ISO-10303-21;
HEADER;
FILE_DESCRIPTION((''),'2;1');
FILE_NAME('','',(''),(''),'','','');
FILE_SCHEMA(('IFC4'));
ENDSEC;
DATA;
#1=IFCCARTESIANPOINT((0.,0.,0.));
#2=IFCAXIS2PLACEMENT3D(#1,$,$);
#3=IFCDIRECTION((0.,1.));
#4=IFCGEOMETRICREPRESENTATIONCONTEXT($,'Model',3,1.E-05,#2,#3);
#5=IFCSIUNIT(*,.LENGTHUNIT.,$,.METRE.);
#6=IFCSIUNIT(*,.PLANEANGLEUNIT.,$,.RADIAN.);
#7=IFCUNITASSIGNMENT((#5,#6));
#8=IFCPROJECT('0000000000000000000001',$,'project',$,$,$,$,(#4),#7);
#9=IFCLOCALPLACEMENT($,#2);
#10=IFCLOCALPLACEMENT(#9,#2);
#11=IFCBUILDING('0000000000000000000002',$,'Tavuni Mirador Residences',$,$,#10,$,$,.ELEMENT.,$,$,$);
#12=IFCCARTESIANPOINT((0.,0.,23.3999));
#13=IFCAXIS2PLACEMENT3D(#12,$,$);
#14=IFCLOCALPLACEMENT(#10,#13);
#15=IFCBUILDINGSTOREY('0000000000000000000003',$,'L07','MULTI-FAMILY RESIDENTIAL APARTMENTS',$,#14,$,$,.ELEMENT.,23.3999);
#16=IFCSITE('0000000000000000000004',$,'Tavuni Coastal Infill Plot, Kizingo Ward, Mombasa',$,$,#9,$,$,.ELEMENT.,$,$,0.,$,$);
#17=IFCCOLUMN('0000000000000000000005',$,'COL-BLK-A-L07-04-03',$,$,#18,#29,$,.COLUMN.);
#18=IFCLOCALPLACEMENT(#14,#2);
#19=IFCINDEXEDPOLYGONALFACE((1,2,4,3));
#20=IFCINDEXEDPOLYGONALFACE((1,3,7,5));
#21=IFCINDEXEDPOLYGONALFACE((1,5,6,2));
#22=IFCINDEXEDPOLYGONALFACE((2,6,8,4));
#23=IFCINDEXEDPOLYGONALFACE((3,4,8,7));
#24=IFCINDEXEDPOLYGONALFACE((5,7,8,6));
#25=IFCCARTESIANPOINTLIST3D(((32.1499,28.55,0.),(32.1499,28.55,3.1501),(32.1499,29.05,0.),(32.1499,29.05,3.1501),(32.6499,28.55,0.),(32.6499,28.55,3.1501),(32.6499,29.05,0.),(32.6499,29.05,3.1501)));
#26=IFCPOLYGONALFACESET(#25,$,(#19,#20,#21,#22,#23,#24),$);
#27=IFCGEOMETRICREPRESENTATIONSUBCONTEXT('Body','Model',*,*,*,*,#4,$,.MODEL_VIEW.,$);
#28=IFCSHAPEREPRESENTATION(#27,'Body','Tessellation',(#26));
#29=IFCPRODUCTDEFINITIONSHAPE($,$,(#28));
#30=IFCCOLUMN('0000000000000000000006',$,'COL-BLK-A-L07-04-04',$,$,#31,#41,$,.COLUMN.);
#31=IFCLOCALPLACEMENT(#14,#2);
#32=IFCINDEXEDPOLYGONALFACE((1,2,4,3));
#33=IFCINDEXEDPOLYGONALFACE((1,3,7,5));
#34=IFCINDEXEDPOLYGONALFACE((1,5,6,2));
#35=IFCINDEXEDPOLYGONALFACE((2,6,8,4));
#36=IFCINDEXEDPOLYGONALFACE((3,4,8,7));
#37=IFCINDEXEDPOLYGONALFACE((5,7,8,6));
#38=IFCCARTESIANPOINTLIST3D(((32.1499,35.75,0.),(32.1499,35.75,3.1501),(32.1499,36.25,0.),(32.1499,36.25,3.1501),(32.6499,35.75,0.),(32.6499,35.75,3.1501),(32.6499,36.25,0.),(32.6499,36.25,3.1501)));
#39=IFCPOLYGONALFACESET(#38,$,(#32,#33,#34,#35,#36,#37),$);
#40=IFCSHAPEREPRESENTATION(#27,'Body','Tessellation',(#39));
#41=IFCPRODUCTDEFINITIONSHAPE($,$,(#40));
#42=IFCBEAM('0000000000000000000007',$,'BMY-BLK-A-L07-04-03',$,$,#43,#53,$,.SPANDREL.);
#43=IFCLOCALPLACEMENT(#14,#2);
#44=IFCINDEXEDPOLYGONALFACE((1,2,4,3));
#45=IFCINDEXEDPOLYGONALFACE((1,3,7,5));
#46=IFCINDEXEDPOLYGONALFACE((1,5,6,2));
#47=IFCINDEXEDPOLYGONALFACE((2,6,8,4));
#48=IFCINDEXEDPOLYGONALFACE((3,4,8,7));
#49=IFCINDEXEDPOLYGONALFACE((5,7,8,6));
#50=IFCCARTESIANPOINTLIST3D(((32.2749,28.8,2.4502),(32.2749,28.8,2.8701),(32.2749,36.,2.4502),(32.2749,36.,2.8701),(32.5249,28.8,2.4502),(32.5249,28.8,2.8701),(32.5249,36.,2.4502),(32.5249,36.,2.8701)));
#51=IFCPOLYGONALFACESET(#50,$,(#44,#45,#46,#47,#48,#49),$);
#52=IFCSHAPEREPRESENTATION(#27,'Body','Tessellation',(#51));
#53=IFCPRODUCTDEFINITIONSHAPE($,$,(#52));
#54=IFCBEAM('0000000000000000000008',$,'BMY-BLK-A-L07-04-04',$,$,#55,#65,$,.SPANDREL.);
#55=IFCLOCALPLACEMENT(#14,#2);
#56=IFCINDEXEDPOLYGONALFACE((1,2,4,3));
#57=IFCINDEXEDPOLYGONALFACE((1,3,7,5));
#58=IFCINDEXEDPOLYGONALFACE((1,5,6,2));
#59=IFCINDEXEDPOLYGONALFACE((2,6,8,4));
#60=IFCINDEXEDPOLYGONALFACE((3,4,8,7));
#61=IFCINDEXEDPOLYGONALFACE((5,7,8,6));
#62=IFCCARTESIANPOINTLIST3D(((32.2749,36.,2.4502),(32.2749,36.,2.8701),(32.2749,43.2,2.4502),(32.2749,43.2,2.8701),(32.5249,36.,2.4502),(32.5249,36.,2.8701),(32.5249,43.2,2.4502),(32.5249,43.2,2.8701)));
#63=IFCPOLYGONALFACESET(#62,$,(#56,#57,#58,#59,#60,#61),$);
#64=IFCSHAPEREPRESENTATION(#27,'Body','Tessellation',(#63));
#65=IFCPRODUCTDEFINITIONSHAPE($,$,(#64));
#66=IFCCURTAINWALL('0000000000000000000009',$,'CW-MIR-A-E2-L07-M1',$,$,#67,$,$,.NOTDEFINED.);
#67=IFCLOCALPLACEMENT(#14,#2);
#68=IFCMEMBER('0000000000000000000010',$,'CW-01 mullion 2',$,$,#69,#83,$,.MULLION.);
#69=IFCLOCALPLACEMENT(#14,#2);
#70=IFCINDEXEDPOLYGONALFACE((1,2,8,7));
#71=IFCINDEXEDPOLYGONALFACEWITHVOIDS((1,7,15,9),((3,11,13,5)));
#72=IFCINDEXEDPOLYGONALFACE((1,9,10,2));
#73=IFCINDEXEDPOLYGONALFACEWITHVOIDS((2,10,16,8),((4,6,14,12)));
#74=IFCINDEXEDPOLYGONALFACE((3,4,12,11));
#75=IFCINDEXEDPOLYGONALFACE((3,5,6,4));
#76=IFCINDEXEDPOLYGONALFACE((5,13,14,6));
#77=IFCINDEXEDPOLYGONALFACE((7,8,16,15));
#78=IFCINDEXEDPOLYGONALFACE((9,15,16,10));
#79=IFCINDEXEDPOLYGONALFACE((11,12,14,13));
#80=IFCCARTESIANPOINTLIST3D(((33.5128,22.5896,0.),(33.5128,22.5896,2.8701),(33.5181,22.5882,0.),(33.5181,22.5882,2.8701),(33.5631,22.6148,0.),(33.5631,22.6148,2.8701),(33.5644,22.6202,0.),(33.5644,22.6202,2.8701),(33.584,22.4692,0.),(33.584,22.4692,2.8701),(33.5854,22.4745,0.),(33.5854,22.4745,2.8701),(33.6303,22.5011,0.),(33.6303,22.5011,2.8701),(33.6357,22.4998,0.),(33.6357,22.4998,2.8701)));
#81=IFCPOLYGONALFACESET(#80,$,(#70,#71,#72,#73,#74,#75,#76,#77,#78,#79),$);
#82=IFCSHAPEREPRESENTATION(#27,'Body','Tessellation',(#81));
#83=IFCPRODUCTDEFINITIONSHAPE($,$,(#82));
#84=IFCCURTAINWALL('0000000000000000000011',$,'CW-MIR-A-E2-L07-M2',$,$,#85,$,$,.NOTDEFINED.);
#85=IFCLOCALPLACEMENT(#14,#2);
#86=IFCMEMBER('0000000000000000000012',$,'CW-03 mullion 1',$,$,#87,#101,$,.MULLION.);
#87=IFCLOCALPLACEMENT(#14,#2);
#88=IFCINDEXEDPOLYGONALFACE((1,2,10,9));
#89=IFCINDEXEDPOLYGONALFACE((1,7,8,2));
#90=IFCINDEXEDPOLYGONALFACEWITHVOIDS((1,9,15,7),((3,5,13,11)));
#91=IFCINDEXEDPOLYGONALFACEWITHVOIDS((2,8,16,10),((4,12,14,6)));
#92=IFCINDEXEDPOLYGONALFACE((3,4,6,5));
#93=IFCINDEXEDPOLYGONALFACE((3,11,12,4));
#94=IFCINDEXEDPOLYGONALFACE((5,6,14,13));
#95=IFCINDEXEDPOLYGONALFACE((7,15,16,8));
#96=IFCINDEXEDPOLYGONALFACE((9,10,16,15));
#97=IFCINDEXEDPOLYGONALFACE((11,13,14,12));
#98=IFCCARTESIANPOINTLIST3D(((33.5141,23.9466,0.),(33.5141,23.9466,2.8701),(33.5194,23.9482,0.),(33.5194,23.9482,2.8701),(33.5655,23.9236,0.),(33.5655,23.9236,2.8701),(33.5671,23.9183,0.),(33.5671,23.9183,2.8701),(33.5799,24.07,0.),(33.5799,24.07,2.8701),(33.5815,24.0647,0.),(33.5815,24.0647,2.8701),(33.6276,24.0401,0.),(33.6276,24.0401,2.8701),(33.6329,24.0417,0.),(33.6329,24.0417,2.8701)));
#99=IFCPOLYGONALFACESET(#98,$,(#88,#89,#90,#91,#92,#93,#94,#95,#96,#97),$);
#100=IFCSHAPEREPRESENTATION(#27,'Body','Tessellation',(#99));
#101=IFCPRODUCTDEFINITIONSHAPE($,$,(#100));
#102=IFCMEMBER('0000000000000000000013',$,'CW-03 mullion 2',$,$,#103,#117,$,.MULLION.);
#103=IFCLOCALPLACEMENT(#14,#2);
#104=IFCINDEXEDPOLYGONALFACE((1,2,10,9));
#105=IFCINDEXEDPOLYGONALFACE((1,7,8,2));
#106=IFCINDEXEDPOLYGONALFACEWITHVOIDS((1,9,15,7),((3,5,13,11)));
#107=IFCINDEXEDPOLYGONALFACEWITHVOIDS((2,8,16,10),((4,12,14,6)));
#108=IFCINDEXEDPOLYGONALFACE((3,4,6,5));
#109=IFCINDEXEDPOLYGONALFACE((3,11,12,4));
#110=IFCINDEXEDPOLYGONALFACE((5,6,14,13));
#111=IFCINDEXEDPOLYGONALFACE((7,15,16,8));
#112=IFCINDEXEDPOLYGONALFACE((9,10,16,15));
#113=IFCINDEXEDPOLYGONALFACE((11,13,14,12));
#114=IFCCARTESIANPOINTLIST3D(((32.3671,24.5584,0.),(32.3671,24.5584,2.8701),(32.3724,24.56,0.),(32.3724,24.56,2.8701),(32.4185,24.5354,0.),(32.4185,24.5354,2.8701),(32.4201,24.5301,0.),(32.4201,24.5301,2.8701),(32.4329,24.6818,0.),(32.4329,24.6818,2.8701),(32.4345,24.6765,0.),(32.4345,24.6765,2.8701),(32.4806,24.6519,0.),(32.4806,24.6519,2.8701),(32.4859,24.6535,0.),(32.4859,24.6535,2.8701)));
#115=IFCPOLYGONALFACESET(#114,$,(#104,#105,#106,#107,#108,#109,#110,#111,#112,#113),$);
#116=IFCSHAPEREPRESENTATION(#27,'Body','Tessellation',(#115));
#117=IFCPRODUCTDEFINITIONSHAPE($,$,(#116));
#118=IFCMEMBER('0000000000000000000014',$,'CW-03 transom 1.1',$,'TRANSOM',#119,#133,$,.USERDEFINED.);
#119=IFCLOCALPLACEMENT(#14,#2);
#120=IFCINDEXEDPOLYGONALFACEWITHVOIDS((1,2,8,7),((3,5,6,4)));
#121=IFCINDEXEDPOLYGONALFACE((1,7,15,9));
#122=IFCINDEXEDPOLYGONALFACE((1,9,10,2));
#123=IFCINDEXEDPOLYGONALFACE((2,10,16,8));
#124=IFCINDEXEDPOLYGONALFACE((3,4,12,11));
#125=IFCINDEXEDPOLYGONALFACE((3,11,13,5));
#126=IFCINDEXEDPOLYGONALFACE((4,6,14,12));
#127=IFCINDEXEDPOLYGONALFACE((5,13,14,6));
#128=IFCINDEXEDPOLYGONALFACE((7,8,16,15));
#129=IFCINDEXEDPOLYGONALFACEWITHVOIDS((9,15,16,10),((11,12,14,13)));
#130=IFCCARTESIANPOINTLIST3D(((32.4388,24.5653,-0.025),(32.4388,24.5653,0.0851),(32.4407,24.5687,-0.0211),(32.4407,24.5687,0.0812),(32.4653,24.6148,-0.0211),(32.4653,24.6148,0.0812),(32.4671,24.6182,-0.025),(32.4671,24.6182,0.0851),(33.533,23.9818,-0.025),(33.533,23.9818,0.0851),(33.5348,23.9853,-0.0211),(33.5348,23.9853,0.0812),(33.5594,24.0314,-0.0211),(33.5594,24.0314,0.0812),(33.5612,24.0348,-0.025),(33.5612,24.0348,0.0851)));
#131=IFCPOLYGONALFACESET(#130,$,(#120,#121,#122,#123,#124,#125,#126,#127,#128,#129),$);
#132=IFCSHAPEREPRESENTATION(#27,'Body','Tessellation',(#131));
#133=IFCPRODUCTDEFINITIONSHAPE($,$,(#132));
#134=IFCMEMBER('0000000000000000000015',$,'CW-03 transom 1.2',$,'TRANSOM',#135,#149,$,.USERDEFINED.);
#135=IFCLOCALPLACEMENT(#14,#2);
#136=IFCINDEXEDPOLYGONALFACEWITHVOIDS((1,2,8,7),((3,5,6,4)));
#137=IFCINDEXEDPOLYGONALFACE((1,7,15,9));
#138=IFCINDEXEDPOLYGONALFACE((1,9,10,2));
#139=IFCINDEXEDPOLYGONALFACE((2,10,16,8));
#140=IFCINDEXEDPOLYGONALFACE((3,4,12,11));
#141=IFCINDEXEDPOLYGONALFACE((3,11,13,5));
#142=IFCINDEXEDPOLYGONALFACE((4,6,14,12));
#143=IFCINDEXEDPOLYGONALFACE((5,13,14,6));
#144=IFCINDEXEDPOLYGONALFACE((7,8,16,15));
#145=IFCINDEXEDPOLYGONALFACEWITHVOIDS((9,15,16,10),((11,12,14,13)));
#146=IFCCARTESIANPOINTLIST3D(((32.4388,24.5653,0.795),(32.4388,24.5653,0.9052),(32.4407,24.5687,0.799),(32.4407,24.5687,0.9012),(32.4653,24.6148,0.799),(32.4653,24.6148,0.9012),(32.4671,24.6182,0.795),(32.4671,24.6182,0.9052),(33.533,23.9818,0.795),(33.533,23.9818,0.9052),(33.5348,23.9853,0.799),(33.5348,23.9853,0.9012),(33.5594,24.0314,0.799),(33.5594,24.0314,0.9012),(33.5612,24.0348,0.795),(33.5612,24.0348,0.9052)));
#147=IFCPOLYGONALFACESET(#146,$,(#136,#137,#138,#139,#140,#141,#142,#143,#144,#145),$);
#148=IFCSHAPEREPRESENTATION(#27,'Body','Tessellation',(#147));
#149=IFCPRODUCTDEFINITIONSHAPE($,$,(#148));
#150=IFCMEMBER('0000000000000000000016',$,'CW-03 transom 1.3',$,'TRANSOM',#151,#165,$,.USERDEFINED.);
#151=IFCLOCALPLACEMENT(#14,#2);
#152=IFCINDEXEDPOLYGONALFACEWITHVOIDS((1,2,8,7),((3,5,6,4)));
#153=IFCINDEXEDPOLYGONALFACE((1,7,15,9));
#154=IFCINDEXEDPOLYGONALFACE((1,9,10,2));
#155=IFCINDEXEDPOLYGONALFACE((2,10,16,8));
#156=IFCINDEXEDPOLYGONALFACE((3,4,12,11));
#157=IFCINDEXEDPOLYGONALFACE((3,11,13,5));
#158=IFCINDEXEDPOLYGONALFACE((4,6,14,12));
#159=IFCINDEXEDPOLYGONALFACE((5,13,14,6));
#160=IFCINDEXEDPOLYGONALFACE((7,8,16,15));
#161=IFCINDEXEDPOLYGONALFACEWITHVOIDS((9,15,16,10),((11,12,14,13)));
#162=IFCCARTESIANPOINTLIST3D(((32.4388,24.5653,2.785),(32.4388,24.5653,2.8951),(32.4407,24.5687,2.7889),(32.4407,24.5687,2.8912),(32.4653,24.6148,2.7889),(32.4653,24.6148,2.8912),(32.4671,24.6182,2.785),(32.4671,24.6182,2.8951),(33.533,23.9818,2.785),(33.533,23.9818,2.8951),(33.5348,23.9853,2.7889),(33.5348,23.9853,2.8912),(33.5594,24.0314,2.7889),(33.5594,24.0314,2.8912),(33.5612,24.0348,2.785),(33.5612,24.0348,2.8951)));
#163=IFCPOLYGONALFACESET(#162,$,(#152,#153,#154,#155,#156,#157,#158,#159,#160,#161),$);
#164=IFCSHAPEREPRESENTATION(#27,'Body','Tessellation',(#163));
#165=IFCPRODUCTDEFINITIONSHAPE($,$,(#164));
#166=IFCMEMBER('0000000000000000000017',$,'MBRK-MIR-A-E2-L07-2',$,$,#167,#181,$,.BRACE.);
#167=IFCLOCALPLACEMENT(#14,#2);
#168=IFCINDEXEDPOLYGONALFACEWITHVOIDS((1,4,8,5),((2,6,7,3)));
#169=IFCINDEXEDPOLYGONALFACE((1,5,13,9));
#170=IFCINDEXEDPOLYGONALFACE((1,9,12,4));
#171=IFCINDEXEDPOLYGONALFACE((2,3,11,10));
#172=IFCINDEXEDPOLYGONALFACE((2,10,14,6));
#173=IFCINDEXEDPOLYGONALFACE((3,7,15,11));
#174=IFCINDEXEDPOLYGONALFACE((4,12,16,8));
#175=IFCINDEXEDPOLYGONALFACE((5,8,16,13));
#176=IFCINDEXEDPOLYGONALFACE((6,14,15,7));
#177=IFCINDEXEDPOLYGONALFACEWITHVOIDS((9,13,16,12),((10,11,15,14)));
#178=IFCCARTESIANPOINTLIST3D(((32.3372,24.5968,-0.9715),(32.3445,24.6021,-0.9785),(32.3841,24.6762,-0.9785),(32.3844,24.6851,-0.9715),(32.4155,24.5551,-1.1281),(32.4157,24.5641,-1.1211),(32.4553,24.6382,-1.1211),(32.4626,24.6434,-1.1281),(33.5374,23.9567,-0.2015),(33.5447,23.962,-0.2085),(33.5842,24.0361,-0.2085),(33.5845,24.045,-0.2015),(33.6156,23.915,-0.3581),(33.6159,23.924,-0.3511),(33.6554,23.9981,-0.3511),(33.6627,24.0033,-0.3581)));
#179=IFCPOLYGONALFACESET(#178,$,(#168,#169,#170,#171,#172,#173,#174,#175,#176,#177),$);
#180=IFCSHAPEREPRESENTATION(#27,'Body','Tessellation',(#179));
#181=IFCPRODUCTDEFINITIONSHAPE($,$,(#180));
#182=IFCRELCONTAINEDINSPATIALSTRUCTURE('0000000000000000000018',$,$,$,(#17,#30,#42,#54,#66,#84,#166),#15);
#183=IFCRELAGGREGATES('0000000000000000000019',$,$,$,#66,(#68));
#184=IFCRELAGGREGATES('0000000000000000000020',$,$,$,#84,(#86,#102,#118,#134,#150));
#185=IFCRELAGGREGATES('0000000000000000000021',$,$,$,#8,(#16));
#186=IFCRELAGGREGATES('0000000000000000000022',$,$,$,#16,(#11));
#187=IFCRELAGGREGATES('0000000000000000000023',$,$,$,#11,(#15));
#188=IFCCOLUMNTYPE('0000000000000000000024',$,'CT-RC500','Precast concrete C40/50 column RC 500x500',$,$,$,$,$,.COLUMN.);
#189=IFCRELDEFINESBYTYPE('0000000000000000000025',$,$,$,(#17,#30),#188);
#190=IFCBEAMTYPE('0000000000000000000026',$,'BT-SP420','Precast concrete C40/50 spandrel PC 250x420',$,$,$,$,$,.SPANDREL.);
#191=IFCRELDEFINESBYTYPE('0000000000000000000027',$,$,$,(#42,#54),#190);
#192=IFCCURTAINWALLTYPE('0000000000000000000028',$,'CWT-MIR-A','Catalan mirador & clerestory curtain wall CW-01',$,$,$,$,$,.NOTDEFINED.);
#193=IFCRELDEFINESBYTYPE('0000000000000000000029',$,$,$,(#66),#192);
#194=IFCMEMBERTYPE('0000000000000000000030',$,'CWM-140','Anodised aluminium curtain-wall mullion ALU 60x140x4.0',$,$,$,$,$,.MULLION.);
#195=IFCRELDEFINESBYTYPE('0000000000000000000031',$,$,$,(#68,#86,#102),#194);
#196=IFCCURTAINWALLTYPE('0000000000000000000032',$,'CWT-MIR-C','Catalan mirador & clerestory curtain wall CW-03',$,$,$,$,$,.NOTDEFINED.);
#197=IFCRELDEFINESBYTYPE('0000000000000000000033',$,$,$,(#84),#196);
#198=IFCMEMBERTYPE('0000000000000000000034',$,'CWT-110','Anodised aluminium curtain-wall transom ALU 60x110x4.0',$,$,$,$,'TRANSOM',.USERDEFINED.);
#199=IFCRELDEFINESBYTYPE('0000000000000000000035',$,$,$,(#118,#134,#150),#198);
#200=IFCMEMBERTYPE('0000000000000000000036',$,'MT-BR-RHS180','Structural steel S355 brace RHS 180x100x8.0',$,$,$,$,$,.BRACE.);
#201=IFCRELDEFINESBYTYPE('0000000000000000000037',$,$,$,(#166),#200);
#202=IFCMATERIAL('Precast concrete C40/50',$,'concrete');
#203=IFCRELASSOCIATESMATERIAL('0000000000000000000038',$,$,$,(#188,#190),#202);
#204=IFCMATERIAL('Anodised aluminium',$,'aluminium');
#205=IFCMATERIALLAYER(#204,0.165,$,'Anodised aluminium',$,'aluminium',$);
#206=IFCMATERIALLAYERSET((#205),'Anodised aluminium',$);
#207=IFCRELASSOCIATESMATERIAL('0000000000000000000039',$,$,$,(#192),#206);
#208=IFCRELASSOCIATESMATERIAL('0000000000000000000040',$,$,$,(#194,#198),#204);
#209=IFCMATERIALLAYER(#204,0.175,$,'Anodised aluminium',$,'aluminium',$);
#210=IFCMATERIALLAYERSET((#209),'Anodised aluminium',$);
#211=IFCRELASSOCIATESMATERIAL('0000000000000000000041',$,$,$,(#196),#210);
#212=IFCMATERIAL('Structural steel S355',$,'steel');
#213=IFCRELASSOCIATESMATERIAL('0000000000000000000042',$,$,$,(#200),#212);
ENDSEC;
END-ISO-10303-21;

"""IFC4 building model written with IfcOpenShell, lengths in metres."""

from ifc_helpers import new_model, si_unit, direction, frame, origin, origin_2d, place, context, subcontext, project, spatial, rectangle, hollow_rectangle, extrude, material, layer, layer_set, material_profile, profile_set, type_object, element, aggregate, save


model = new_model("IFC4")

# Units and contexts
model_context = context("Model", 3, precision=1e-05, world=origin(), true_north=direction((0.0, 1.0)))
body_context = subcontext(model_context, "Body", "Model", "MODEL_VIEW")
ifc_project = project(units=[si_unit("LENGTHUNIT", "METRE"), si_unit("PLANEANGLEUNIT", "RADIAN")], contexts=[model_context])

# Site, building, storey
site_placement = place(None, origin())
site = spatial("IfcSite", under=ifc_project, at=site_placement, Name="Tavuni Coastal Infill Plot, Kizingo Ward, Mombasa", CompositionType="ELEMENT", RefElevation=0.0)
building_placement = place(site_placement, origin())
building = spatial("IfcBuilding", under=site, at=building_placement, Name="Tavuni Mirador Residences", CompositionType="ELEMENT")
storey_placement = place(building_placement, frame((0.0, 0.0, 23.3999)))
storey = spatial("IfcBuildingStorey", under=building, at=storey_placement, Name="L07", Description="MULTI-FAMILY RESIDENTIAL APARTMENTS", CompositionType="ELEMENT", Elevation=23.3999)

# Columns
ifc_material_1 = material(Name="Precast concrete C40/50", Category="concrete")
ifc_material_profile_1 = material_profile(ifc_material_1, rectangle(XDim=0.5, YDim=0.5, at=origin_2d()), Name="RC 500x500", Category="concrete")
ifc_profile_set_1 = profile_set([ifc_material_profile_1], Name="Precast concrete C40/50")
column_type = type_object("IfcColumnType", Name="CT-RC500", Description="Precast concrete C40/50 column RC 500x500", PredefinedType="COLUMN", material=ifc_profile_set_1)
for number, where, z_axis, x_axis, name in (
    (1, (32.3999, 28.8, 0.0), (0.0, 0.0, 1.0), (1.0, 0.0, 0.0), "COL-BLK-A-L07-04-03"),
    (2, (32.3999, 36.0, 0.0), (0.0, 0.0, 1.0), (1.0, 0.0, 0.0), "COL-BLK-A-L07-04-04"),
):
    element("IfcColumn", number, at=place(storey_placement, frame(where, z_axis=z_axis, x_axis=x_axis)), inside=storey, type_object=column_type, Name=name, PredefinedType="COLUMN", context=body_context, shape_type="SweptSolid", body=[
        extrude(rectangle(XDim=0.5, YDim=0.5, at=origin_2d()), origin(), (0.0, 0.0, 1.0), 3.1501),
    ])

# Beams
ifc_material_profile_2 = material_profile(ifc_material_1, rectangle(XDim=0.25, YDim=0.4199, at=origin_2d()), Name="PC 250x420", Category="concrete")
ifc_profile_set_2 = profile_set([ifc_material_profile_2], Name="Precast concrete C40/50")
beam_type = type_object("IfcBeamType", Name="BT-SP420", Description="Precast concrete C40/50 spandrel PC 250x420", PredefinedType="SPANDREL", material=ifc_profile_set_2)
for number, where, z_axis, x_axis, name in (
    (3, (32.3999, 28.8, 2.6602), (0.0, 1.0, 0.0), (-1.0, 0.0, 0.0), "BMY-BLK-A-L07-04-03"),
    (4, (32.3999, 36.0, 2.6602), (0.0, 1.0, 0.0), (-1.0, 0.0, 0.0), "BMY-BLK-A-L07-04-04"),
):
    element("IfcBeam", number, at=place(storey_placement, frame(where, z_axis=z_axis, x_axis=x_axis)), inside=storey, type_object=beam_type, Name=name, PredefinedType="SPANDREL", context=body_context, shape_type="SweptSolid", body=[
        extrude(rectangle(XDim=0.25, YDim=0.4199, at=origin_2d()), origin(), (0.0, 0.0, 1.0), 7.2),
    ])

# Curtain wall, member
ifc_material_2 = material(Name="Anodised aluminium", Category="aluminium")
ifc_layer_1 = layer(ifc_material_2, 0.165, Name="Anodised aluminium", Category="aluminium")
ifc_layer_set_1 = layer_set([ifc_layer_1], Name="Anodised aluminium")
curtain_wall_type_1 = type_object("IfcCurtainWallType", Name="CWT-MIR-A", Description="Catalan mirador & clerestory curtain wall CW-01", PredefinedType="NOTDEFINED", material=ifc_layer_set_1)
curtain_wall_1_placement = place(storey_placement, origin())
curtain_wall_1 = element("IfcCurtainWall", 5, at=curtain_wall_1_placement, inside=storey, type_object=curtain_wall_type_1, Name="CW-MIR-A-E2-L07-M1", PredefinedType="NOTDEFINED")
ifc_material_profile_3 = material_profile(ifc_material_2, hollow_rectangle(XDim=0.0601, YDim=0.1399, WallThickness=0.0039, at=origin_2d()), Name="ALU 60x140x4.0", Category="aluminium")
ifc_profile_set_3 = profile_set([ifc_material_profile_3], Name="Anodised aluminium")
member_type_1 = type_object("IfcMemberType", Name="CWM-140", Description="Anodised aluminium curtain-wall mullion ALU 60x140x4.0", PredefinedType="MULLION", material=ifc_profile_set_3)
member_1_placement = place(storey_placement, frame((33.5742, 22.5447, 0.0), z_axis=(0.0, 0.0, 1.0), x_axis=(0.860641, 0.509212, 0.0)))
member_1 = element("IfcMember", 6, at=member_1_placement, type_object=member_type_1, Name="CW-01 mullion 2", PredefinedType="MULLION", context=body_context, shape_type="SweptSolid", body=[
    extrude(hollow_rectangle(XDim=0.0601, YDim=0.1399, WallThickness=0.0039, at=origin_2d()), origin(), (0.0, 0.0, 1.0), 2.8701),
])

# Curtain wall, members
ifc_layer_2 = layer(ifc_material_2, 0.175, Name="Anodised aluminium", Category="aluminium")
ifc_layer_set_2 = layer_set([ifc_layer_2], Name="Anodised aluminium")
curtain_wall_type_2 = type_object("IfcCurtainWallType", Name="CWT-MIR-C", Description="Catalan mirador & clerestory curtain wall CW-03", PredefinedType="NOTDEFINED", material=ifc_layer_set_2)
curtain_wall_2_placement = place(storey_placement, origin())
curtain_wall_2 = element("IfcCurtainWall", 7, at=curtain_wall_2_placement, inside=storey, type_object=curtain_wall_type_2, Name="CW-MIR-A-E2-L07-M2", PredefinedType="NOTDEFINED")
member_2_placement = place(storey_placement, frame((33.5735, 23.9941, 0.0), z_axis=(0.0, 0.0, 1.0), x_axis=(-0.882353, 0.470588, 0.0)))
member_2 = element("IfcMember", 8, at=member_2_placement, type_object=member_type_1, Name="CW-03 mullion 1", PredefinedType="MULLION", context=body_context, shape_type="SweptSolid", body=[
    extrude(hollow_rectangle(XDim=0.0601, YDim=0.1399, WallThickness=0.0039, at=origin_2d()), origin(), (0.0, 0.0, 1.0), 2.8701),
])
member_3_placement = place(storey_placement, frame((32.4265, 24.606, 0.0), z_axis=(0.0, 0.0, 1.0), x_axis=(-0.882353, 0.470588, 0.0)))
member_3 = element("IfcMember", 9, at=member_3_placement, type_object=member_type_1, Name="CW-03 mullion 2", PredefinedType="MULLION", context=body_context, shape_type="SweptSolid", body=[
    extrude(hollow_rectangle(XDim=0.0601, YDim=0.1399, WallThickness=0.0039, at=origin_2d()), origin(), (0.0, 0.0, 1.0), 2.8701),
])
ifc_material_profile_4 = material_profile(ifc_material_2, hollow_rectangle(XDim=0.0601, YDim=0.1101, WallThickness=0.0039, at=origin_2d()), Name="ALU 60x110x4.0", Category="aluminium")
ifc_profile_set_4 = profile_set([ifc_material_profile_4], Name="Anodised aluminium")
member_type_2 = type_object("IfcMemberType", Name="CWT-110", Description="Anodised aluminium curtain-wall transom ALU 60x110x4.0", ElementType="TRANSOM", PredefinedType="USERDEFINED", material=ifc_profile_set_4)
member_4_placement = place(storey_placement, frame((33.5471, 24.0083, 0.03), z_axis=(-0.882386, 0.470527, 0.0), x_axis=(-0.470527, -0.882386, 0.0)))
member_4 = element("IfcMember", 10, at=member_4_placement, type_object=member_type_2, Name="CW-03 transom 1.1", ObjectType="TRANSOM", PredefinedType="USERDEFINED", context=body_context, shape_type="SweptSolid", body=[
    extrude(hollow_rectangle(XDim=0.0601, YDim=0.1101, WallThickness=0.0039, at=origin_2d()), origin(), (0.0, 0.0, 1.0), 1.24),
])
member_5_placement = place(storey_placement, frame((33.5471, 24.0083, 0.8501), z_axis=(-0.882386, 0.470527, 0.0), x_axis=(-0.470527, -0.882386, 0.0)))
member_5 = element("IfcMember", 11, at=member_5_placement, type_object=member_type_2, Name="CW-03 transom 1.2", ObjectType="TRANSOM", PredefinedType="USERDEFINED", context=body_context, shape_type="SweptSolid", body=[
    extrude(hollow_rectangle(XDim=0.0601, YDim=0.1101, WallThickness=0.0039, at=origin_2d()), origin(), (0.0, 0.0, 1.0), 1.24),
])
member_6_placement = place(storey_placement, frame((33.5471, 24.0083, 2.8401), z_axis=(-0.882386, 0.470527, 0.0), x_axis=(-0.470527, -0.882386, 0.0)))
member_6 = element("IfcMember", 12, at=member_6_placement, type_object=member_type_2, Name="CW-03 transom 1.3", ObjectType="TRANSOM", PredefinedType="USERDEFINED", context=body_context, shape_type="SweptSolid", body=[
    extrude(hollow_rectangle(XDim=0.0601, YDim=0.1101, WallThickness=0.0039, at=origin_2d()), origin(), (0.0, 0.0, 1.0), 1.24),
])

# Member
ifc_material_3 = material(Name="Structural steel S355", Category="steel")
ifc_material_profile_5 = material_profile(ifc_material_3, hollow_rectangle(XDim=0.1001, YDim=0.1799, WallThickness=0.0081, at=origin_2d()), Name="RHS 180x100x8.0", Category="steel")
ifc_profile_set_5 = profile_set([ifc_material_profile_5], Name="Structural steel S355")
member_type_3 = type_object("IfcMemberType", Name="MT-BR-RHS180", Description="Structural steel S355 brace RHS 180x100x8.0", PredefinedType="BRACE", material=ifc_profile_set_5)
member_7_placement = place(storey_placement, frame((32.3999, 24.6201, -1.0498), z_axis=(0.767847, -0.409539, 0.492634), x_axis=(0.470607, 0.882343, 0.0)))
element("IfcMember", 13, at=member_7_placement, inside=storey, type_object=member_type_3, Name="MBRK-MIR-A-E2-L07-2", PredefinedType="BRACE", context=body_context, shape_type="SweptSolid", body=[
    extrude(hollow_rectangle(XDim=0.1001, YDim=0.1799, WallThickness=0.0081, at=origin_2d()), origin(), (0.0, 0.0, 1.0), 1.563),
])

aggregate(curtain_wall_1, [member_1])
aggregate(curtain_wall_2, [member_2, member_3, member_4, member_5, member_6])

save(model, "model.ifc")
